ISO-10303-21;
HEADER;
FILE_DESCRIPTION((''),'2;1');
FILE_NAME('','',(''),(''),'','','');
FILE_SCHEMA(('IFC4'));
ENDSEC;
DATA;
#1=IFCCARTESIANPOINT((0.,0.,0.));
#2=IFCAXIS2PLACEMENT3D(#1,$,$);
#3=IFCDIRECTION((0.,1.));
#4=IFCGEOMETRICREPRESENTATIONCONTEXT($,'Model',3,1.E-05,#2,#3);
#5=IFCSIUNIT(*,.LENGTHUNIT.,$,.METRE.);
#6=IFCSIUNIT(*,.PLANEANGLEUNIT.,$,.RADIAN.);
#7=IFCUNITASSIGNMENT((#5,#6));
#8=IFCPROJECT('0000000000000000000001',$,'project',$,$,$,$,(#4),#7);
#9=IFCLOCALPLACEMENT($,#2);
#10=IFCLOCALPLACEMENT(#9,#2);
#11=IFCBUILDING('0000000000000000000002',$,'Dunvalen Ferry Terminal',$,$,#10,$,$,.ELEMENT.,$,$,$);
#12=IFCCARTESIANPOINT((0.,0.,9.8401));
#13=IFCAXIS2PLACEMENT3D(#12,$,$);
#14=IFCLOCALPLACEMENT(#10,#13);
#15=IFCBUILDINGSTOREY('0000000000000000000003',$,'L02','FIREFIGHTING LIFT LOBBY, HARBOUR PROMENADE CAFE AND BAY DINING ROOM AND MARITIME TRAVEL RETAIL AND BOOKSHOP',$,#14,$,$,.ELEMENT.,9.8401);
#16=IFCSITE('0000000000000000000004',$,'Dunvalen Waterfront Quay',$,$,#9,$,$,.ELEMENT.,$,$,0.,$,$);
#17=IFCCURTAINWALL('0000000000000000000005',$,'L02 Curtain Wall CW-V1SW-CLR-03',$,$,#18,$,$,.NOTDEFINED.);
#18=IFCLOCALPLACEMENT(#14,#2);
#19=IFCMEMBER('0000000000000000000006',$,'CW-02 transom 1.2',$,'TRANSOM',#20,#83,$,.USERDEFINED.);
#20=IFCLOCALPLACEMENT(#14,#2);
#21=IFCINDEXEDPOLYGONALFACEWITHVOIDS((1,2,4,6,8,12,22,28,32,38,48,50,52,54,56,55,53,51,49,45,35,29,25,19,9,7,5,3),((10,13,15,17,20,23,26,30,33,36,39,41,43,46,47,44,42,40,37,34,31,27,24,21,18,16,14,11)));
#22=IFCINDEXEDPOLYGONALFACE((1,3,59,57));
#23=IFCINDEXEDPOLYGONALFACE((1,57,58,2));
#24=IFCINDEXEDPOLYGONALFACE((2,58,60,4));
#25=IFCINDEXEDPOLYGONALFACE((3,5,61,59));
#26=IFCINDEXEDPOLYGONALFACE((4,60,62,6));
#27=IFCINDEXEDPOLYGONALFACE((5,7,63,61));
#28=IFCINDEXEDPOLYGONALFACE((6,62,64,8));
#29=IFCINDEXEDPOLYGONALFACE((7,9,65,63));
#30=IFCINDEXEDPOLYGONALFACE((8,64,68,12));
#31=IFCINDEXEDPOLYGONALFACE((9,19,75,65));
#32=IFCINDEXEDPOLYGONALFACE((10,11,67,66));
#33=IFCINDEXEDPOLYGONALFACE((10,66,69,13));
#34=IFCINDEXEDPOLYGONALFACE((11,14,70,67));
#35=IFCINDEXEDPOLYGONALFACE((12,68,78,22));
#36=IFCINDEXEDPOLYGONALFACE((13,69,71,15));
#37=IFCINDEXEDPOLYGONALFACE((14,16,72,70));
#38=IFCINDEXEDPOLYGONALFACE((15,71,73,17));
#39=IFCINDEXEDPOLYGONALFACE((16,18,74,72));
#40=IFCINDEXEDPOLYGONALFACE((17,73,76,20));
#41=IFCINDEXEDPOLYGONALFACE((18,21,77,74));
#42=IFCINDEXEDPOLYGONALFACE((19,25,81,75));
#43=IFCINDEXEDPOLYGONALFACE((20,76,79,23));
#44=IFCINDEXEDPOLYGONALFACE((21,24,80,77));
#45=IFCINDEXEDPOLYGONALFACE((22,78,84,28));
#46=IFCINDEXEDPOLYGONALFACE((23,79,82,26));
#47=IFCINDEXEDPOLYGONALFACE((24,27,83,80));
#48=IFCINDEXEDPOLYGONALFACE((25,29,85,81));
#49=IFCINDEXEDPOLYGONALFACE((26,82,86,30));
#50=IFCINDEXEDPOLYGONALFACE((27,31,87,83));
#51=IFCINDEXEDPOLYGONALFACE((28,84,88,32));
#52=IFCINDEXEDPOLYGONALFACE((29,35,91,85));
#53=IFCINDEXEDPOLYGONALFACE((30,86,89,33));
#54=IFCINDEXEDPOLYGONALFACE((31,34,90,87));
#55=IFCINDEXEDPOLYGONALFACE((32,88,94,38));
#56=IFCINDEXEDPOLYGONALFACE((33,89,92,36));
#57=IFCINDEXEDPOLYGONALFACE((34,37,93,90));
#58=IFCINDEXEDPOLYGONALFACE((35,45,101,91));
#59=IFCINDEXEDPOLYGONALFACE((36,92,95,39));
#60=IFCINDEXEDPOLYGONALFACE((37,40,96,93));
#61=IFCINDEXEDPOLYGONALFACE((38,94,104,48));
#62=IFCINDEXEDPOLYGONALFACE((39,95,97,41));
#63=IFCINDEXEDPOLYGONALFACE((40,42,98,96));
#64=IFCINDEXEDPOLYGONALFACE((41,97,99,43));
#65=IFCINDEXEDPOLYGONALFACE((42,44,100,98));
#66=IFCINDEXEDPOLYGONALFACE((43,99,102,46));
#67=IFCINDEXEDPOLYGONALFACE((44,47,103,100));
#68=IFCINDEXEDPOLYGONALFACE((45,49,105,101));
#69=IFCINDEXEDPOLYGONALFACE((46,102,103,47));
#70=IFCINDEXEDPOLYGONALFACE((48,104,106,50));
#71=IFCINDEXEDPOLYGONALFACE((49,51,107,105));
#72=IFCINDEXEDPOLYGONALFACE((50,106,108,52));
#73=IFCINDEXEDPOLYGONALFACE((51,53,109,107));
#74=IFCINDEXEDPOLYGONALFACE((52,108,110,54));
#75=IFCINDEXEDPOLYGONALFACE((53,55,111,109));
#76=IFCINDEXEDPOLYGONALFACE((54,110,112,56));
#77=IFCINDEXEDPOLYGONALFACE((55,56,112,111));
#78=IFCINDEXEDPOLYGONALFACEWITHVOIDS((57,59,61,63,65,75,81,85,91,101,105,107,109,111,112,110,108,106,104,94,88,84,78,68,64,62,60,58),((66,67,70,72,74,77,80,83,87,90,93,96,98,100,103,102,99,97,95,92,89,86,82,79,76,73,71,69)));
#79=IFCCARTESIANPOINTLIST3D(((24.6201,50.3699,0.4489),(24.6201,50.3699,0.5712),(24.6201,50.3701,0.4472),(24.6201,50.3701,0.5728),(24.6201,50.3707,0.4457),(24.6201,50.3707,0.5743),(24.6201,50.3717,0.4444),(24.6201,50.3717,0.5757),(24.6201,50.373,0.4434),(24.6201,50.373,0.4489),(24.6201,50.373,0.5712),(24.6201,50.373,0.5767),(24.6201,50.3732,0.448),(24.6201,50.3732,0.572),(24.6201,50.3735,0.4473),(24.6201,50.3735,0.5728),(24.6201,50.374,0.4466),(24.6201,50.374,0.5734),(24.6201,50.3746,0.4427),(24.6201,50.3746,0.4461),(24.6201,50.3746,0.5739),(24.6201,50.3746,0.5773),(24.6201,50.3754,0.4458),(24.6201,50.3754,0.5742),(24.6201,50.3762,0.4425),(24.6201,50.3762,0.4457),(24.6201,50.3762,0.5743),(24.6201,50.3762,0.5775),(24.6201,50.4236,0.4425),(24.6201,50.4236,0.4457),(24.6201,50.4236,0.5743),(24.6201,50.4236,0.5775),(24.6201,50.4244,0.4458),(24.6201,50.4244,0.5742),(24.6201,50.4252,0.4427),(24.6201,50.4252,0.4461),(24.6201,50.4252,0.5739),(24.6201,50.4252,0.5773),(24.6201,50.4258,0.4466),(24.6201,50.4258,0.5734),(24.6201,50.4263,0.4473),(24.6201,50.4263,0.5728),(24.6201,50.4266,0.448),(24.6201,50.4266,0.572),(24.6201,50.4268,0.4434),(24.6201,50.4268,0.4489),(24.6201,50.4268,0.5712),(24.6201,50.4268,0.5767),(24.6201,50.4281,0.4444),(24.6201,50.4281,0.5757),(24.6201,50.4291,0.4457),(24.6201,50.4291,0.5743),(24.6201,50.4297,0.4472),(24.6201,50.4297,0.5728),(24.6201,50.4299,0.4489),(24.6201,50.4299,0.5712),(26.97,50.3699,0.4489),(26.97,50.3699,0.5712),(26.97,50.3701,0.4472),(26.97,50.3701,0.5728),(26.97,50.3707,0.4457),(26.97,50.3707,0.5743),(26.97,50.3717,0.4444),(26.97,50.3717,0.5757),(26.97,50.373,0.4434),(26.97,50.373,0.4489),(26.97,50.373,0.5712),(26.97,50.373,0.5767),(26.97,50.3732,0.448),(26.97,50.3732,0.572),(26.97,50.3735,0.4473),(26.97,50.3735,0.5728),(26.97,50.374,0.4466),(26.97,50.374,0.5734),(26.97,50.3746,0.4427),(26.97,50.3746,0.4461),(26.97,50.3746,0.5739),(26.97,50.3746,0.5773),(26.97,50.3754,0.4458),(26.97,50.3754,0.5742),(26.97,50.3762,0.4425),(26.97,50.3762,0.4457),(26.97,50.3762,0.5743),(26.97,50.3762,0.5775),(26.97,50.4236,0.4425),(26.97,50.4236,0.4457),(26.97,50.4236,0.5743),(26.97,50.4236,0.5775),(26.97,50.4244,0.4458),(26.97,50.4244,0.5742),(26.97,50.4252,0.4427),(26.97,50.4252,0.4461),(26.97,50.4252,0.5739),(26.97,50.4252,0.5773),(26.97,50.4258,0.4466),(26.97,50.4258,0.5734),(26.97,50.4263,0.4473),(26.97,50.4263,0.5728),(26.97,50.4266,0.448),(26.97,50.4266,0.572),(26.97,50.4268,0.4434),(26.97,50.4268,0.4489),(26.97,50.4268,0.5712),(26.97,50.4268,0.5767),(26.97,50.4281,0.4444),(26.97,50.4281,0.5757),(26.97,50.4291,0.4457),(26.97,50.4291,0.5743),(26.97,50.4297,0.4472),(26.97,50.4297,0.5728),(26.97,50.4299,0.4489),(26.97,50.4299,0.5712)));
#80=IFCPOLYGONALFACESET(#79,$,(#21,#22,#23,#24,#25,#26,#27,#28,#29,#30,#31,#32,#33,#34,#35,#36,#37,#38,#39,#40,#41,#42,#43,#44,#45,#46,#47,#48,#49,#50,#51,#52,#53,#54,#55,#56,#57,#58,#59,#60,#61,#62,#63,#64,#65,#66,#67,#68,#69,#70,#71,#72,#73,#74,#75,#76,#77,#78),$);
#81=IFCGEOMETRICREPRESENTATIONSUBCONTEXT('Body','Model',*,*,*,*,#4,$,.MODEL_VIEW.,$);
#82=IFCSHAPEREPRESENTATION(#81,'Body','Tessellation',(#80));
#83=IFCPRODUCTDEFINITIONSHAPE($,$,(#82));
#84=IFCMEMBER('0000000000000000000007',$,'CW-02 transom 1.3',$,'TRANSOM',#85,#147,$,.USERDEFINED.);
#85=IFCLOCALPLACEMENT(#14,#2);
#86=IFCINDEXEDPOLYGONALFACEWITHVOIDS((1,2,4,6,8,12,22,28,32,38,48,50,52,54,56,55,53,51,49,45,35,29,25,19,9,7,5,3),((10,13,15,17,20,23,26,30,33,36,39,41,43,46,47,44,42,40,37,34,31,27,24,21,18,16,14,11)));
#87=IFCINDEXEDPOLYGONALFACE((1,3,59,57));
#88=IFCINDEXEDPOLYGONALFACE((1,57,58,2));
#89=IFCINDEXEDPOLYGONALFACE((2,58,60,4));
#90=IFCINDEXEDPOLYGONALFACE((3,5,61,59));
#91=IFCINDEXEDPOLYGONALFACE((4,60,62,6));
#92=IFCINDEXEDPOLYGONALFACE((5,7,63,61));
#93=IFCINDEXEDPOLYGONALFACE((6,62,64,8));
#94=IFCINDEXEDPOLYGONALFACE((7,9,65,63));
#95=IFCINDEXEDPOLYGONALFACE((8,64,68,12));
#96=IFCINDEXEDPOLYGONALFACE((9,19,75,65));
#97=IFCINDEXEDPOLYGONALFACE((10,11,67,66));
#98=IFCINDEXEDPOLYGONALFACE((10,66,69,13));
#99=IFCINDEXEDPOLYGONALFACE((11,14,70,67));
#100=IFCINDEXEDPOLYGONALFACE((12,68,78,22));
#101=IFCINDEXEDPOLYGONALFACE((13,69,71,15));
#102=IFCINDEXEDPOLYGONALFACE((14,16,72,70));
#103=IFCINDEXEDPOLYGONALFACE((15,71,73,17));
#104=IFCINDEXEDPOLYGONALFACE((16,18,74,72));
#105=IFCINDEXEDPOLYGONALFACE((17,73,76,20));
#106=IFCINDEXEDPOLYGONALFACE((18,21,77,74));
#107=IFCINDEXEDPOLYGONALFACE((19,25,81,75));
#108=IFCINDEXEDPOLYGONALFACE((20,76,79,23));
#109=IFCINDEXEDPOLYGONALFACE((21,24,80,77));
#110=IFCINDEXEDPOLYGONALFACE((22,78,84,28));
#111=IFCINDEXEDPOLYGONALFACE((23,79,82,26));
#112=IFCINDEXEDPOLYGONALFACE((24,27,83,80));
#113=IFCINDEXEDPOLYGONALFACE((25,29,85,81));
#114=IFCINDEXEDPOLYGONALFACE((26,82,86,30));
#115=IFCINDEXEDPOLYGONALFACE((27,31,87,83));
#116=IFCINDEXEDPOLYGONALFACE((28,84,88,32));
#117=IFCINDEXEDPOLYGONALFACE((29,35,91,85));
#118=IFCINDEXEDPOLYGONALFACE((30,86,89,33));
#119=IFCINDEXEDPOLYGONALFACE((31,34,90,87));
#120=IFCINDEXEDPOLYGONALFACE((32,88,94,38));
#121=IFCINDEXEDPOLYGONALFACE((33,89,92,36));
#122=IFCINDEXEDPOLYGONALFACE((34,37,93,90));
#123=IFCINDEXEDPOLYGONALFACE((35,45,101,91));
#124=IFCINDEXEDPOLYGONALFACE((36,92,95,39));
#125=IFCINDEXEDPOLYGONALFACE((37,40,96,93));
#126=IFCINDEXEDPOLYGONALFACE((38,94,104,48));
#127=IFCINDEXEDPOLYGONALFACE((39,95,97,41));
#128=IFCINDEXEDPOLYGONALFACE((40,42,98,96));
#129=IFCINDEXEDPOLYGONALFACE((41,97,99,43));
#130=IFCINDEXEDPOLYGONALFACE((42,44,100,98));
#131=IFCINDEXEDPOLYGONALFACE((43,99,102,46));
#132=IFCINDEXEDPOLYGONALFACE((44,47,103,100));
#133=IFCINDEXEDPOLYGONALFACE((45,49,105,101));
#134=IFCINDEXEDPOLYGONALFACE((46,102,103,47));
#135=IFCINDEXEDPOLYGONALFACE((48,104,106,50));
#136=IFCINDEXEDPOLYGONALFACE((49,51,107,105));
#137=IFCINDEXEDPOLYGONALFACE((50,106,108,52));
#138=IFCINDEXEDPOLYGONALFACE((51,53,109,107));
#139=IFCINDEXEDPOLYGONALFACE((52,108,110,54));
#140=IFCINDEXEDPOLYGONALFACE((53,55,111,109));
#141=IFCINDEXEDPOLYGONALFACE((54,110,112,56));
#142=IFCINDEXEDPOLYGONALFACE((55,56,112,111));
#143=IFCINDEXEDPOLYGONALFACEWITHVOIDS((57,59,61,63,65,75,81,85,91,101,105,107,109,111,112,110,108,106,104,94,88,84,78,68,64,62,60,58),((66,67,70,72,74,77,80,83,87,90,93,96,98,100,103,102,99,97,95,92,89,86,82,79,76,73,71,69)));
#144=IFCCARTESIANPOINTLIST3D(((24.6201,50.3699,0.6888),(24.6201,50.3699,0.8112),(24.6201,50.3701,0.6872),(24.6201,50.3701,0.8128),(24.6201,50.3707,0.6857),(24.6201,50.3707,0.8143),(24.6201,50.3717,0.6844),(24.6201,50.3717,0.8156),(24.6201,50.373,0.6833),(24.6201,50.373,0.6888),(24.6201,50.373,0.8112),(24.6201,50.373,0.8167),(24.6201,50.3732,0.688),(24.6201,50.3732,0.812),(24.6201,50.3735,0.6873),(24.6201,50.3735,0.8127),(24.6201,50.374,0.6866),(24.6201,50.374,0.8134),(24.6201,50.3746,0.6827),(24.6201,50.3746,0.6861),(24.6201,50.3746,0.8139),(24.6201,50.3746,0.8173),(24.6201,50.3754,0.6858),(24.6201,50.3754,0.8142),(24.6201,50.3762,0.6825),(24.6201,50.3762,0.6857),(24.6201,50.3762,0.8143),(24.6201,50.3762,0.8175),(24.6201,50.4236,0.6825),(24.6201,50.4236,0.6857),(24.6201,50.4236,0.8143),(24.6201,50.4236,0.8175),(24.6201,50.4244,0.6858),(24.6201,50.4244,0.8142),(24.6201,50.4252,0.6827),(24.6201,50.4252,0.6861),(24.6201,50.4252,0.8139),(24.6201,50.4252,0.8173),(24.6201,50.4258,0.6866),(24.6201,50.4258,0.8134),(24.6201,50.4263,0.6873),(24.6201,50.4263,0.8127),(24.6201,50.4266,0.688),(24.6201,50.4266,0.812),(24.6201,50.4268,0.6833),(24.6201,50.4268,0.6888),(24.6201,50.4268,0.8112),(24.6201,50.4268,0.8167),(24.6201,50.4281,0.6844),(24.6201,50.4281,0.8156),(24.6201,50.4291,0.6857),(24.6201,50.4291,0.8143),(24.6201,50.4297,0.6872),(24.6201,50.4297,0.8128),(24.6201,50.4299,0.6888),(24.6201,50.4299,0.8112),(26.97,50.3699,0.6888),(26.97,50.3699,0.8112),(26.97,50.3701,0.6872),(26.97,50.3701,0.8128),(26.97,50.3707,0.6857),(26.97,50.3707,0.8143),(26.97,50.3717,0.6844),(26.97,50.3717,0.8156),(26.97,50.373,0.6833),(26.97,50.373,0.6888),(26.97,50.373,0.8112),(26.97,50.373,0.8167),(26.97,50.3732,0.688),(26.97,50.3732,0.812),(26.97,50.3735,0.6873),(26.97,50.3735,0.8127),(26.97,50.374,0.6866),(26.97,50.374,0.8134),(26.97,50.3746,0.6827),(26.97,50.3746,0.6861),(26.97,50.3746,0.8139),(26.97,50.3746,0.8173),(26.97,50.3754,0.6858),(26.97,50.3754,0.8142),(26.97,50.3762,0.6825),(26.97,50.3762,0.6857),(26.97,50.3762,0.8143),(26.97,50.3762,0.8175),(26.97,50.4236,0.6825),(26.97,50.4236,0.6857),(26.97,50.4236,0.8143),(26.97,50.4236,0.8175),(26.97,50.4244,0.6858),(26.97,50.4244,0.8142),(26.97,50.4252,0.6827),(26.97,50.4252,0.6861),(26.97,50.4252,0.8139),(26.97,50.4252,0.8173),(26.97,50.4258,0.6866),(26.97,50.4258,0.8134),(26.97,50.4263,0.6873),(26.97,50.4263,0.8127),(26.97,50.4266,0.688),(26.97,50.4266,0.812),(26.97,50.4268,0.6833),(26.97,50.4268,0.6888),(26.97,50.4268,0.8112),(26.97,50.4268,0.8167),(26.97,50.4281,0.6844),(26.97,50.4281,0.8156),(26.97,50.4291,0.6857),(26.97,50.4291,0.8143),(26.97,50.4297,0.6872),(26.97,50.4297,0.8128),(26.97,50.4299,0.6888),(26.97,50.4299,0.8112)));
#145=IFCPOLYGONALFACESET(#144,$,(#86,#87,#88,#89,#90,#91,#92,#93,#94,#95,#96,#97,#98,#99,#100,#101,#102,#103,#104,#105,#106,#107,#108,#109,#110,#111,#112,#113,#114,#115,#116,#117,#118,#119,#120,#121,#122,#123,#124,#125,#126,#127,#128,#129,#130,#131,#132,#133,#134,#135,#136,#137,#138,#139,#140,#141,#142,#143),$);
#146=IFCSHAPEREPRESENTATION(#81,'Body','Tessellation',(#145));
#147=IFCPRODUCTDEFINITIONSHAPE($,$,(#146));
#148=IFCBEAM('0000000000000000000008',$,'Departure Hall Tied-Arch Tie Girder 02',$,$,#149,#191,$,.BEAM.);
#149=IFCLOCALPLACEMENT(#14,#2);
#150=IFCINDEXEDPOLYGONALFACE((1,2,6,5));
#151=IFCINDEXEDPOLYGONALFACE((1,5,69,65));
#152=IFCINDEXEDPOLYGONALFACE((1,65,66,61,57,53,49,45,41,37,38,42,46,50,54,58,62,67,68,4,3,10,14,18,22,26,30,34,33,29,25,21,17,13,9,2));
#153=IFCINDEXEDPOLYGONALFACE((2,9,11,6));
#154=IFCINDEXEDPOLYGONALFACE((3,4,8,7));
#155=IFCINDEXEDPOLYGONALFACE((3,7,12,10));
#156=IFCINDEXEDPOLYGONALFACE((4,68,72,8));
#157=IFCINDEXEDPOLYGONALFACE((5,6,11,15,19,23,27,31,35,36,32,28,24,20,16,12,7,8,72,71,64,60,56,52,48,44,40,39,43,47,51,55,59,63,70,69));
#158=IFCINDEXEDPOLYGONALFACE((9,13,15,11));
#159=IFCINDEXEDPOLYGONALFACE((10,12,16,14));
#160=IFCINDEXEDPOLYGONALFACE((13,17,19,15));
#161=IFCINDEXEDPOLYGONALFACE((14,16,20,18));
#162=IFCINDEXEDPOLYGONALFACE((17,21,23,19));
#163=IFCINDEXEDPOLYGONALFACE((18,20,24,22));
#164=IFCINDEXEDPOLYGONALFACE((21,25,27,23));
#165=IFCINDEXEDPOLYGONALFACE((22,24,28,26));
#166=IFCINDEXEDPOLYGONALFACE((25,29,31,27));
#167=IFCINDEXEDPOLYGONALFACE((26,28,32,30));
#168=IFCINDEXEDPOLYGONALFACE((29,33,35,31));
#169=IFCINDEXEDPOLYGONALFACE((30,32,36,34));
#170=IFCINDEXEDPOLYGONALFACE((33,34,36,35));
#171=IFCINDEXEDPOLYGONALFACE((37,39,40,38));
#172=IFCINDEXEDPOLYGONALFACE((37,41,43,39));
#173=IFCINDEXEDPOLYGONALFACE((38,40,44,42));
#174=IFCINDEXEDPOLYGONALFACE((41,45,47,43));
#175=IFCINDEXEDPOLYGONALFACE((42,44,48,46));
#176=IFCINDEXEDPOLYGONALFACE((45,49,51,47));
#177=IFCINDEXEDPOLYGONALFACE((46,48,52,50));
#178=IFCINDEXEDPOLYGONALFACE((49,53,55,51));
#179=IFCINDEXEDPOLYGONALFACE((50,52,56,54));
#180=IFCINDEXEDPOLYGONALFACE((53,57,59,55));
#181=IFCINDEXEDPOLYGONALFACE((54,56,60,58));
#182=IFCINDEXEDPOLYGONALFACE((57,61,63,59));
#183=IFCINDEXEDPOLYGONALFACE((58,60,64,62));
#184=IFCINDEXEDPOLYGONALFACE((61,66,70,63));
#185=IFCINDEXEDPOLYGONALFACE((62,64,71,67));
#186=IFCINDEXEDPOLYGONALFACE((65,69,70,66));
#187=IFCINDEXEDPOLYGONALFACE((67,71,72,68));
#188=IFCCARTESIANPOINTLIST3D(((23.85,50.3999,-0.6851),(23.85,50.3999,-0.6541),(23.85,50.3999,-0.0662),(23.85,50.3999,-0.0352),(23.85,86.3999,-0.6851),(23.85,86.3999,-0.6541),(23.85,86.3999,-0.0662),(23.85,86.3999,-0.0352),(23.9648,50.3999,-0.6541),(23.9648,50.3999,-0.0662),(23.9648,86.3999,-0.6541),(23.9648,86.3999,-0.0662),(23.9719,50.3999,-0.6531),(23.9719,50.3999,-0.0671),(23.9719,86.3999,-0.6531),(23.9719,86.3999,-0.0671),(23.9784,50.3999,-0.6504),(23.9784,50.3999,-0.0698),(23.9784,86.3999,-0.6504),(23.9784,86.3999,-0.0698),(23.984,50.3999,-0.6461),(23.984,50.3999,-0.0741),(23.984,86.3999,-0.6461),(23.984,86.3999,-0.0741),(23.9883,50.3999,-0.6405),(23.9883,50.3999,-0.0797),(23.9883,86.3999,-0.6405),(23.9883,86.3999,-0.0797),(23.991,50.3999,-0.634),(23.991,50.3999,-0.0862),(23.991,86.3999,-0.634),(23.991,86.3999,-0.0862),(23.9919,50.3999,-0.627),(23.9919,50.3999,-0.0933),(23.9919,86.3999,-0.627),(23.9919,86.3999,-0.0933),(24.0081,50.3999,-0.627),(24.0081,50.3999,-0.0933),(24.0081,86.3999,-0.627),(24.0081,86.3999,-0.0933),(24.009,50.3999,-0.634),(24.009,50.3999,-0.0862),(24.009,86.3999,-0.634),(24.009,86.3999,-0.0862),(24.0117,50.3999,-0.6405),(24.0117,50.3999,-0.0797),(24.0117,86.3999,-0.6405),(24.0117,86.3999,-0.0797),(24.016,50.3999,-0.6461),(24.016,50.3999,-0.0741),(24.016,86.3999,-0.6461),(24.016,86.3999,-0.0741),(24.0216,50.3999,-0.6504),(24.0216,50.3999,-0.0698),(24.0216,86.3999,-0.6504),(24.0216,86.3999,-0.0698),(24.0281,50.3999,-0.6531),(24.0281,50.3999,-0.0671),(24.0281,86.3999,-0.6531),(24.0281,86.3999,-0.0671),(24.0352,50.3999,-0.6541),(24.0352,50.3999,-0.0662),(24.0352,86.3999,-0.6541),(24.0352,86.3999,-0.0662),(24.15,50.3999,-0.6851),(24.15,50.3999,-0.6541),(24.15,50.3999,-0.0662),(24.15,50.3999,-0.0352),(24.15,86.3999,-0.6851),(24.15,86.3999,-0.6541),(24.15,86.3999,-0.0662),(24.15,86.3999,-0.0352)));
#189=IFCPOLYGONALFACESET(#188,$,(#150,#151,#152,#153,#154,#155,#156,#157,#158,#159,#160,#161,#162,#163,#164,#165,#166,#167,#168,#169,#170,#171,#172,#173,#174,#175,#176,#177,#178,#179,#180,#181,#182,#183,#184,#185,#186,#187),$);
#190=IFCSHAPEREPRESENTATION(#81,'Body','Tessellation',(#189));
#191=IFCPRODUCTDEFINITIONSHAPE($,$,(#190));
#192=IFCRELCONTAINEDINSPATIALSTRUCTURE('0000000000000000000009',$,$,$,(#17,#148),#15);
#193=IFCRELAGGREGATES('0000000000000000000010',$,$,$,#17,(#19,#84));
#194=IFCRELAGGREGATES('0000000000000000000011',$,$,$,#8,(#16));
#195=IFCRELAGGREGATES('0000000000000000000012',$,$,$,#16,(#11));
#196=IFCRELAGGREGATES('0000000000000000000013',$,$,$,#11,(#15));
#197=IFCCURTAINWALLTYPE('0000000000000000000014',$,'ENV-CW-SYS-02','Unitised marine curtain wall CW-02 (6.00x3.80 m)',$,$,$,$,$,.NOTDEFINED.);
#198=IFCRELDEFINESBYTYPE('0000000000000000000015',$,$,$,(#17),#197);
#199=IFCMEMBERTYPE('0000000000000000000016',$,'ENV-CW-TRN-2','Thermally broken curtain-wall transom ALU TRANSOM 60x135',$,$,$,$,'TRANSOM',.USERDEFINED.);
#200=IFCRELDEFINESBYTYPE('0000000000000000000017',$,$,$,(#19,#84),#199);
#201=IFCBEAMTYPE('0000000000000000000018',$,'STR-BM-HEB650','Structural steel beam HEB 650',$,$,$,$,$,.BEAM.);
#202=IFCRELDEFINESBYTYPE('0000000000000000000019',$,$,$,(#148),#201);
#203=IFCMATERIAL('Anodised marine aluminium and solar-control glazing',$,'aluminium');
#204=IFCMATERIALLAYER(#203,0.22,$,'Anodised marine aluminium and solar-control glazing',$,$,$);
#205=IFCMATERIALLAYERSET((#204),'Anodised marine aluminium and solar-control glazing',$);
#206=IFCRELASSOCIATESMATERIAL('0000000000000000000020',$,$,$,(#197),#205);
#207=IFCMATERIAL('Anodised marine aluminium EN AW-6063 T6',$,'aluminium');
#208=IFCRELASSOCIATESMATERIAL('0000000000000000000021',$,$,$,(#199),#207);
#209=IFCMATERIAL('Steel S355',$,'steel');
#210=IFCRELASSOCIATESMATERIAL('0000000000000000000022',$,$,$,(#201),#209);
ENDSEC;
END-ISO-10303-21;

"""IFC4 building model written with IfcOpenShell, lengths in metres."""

from ifc_helpers import new_model, si_unit, direction, frame, origin, origin_2d, place, context, subcontext, project, spatial, hollow_rectangle, i_section, extrude, material, layer, layer_set, material_profile, profile_set, type_object, element, aggregate, save


model = new_model("IFC4")

# Units and contexts
model_context = context("Model", 3, precision=1e-05, world=origin(), true_north=direction((0.0, 1.0)))
body_context = subcontext(model_context, "Body", "Model", "MODEL_VIEW")
ifc_project = project(units=[si_unit("LENGTHUNIT", "METRE"), si_unit("PLANEANGLEUNIT", "RADIAN")], contexts=[model_context])

# Site, building, storey
site_placement = place(None, origin())
site = spatial("IfcSite", under=ifc_project, at=site_placement, Name="Dunvalen Waterfront Quay", CompositionType="ELEMENT", RefElevation=0.0)
building_placement = place(site_placement, origin())
building = spatial("IfcBuilding", under=site, at=building_placement, Name="Dunvalen Ferry Terminal", CompositionType="ELEMENT")
storey_placement = place(building_placement, frame((0.0, 0.0, 9.8401)))
storey = spatial("IfcBuildingStorey", under=building, at=storey_placement, Name="L02", Description="FIREFIGHTING LIFT LOBBY, HARBOUR PROMENADE CAFE AND BAY DINING ROOM AND MARITIME TRAVEL RETAIL AND BOOKSHOP", CompositionType="ELEMENT", Elevation=9.8401)

# Curtain wall
ifc_material_1 = material(Name="Anodised marine aluminium and solar-control glazing", Category="aluminium")
ifc_layer_1 = layer(ifc_material_1, 0.22, Name="Anodised marine aluminium and solar-control glazing")
ifc_layer_set_1 = layer_set([ifc_layer_1], Name="Anodised marine aluminium and solar-control glazing")
curtain_wall_type = type_object("IfcCurtainWallType", Name="ENV-CW-SYS-02", Description="Unitised marine curtain wall CW-02 (6.00x3.80 m)", PredefinedType="NOTDEFINED", material=ifc_layer_set_1)
ifc_material_2 = material(Name="Anodised marine aluminium EN AW-6063 T6", Category="aluminium")
curtain_wall_1_placement = place(storey_placement, origin())
curtain_wall_1 = element("IfcCurtainWall", 1, at=curtain_wall_1_placement, inside=storey, type_object=curtain_wall_type, Name="L02 Curtain Wall CW-V1SW-CLR-03", PredefinedType="NOTDEFINED")

# Members
ifc_material_profile_1 = material_profile(ifc_material_2, hollow_rectangle(XDim=0.0601, YDim=0.135, WallThickness=0.0032, InnerFilletRadius=0.0032, OuterFilletRadius=0.0063, at=origin_2d()), Name="Anodised marine aluminium EN AW-6063 T6")
ifc_profile_set_1 = profile_set([ifc_material_profile_1], Name="Anodised marine aluminium EN AW-6063 T6")
member_type_1 = type_object("IfcMemberType", Name="ENV-CW-TRN-2", Description="Thermally broken curtain-wall transom ALU TRANSOM 60x135", ElementType="TRANSOM", PredefinedType="USERDEFINED", material=ifc_profile_set_1)
member_1_placement = place(storey_placement, frame((24.6201, 50.3999, 0.51), z_axis=(1.0, 0.0, 0.0), x_axis=(0.0, 1.0, 0.0)))
member_1 = element("IfcMember", 2, at=member_1_placement, type_object=member_type_1, Name="CW-02 transom 1.2", ObjectType="TRANSOM", PredefinedType="USERDEFINED", context=body_context, shape_type="SweptSolid", body=[
    extrude(hollow_rectangle(XDim=0.0601, YDim=0.135, WallThickness=0.0032, InnerFilletRadius=0.0032, OuterFilletRadius=0.0063, at=origin_2d()), origin(), (0.0, 0.0, 1.0), 2.3499),
])
member_2_placement = place(storey_placement, frame((24.6201, 50.3999, 0.75), z_axis=(1.0, 0.0, 0.0), x_axis=(0.0, 1.0, 0.0)))
member_2 = element("IfcMember", 3, at=member_2_placement, type_object=member_type_1, Name="CW-02 transom 1.3", ObjectType="TRANSOM", PredefinedType="USERDEFINED", context=body_context, shape_type="SweptSolid", body=[
    extrude(hollow_rectangle(XDim=0.0601, YDim=0.135, WallThickness=0.0032, InnerFilletRadius=0.0032, OuterFilletRadius=0.0063, at=origin_2d()), origin(), (0.0, 0.0, 1.0), 2.3499),
])

# Beam
ifc_material_3 = material(Name="Steel S355", Category="steel")
ifc_material_profile_2 = material_profile(ifc_material_3, i_section(OverallWidth=0.3, OverallDepth=0.6499, WebThickness=0.0161, FlangeThickness=0.031, FilletRadius=0.0271, at=origin_2d()), Name="Steel S355")
ifc_profile_set_2 = profile_set([ifc_material_profile_2], Name="Steel S355")
beam_type_1 = type_object("IfcBeamType", Name="STR-BM-HEB650", Description="Structural steel beam HEB 650", PredefinedType="BEAM", material=ifc_profile_set_2)
beam_1_placement = place(storey_placement, frame((24.0, 50.3999, -0.3601), z_axis=(0.0, 1.0, 0.0), x_axis=(-1.0, 0.0, 0.0)))
element("IfcBeam", 4, at=beam_1_placement, inside=storey, type_object=beam_type_1, Name="Departure Hall Tied-Arch Tie Girder 02", PredefinedType="BEAM", context=body_context, shape_type="SweptSolid", body=[
    extrude(i_section(OverallWidth=0.3, OverallDepth=0.6499, WebThickness=0.0161, FlangeThickness=0.031, FilletRadius=0.0271, at=origin_2d()), origin(), (0.0, 0.0, 1.0), 36.0),
])

aggregate(curtain_wall_1, [member_1, member_2])

save(model, "model.ifc")
